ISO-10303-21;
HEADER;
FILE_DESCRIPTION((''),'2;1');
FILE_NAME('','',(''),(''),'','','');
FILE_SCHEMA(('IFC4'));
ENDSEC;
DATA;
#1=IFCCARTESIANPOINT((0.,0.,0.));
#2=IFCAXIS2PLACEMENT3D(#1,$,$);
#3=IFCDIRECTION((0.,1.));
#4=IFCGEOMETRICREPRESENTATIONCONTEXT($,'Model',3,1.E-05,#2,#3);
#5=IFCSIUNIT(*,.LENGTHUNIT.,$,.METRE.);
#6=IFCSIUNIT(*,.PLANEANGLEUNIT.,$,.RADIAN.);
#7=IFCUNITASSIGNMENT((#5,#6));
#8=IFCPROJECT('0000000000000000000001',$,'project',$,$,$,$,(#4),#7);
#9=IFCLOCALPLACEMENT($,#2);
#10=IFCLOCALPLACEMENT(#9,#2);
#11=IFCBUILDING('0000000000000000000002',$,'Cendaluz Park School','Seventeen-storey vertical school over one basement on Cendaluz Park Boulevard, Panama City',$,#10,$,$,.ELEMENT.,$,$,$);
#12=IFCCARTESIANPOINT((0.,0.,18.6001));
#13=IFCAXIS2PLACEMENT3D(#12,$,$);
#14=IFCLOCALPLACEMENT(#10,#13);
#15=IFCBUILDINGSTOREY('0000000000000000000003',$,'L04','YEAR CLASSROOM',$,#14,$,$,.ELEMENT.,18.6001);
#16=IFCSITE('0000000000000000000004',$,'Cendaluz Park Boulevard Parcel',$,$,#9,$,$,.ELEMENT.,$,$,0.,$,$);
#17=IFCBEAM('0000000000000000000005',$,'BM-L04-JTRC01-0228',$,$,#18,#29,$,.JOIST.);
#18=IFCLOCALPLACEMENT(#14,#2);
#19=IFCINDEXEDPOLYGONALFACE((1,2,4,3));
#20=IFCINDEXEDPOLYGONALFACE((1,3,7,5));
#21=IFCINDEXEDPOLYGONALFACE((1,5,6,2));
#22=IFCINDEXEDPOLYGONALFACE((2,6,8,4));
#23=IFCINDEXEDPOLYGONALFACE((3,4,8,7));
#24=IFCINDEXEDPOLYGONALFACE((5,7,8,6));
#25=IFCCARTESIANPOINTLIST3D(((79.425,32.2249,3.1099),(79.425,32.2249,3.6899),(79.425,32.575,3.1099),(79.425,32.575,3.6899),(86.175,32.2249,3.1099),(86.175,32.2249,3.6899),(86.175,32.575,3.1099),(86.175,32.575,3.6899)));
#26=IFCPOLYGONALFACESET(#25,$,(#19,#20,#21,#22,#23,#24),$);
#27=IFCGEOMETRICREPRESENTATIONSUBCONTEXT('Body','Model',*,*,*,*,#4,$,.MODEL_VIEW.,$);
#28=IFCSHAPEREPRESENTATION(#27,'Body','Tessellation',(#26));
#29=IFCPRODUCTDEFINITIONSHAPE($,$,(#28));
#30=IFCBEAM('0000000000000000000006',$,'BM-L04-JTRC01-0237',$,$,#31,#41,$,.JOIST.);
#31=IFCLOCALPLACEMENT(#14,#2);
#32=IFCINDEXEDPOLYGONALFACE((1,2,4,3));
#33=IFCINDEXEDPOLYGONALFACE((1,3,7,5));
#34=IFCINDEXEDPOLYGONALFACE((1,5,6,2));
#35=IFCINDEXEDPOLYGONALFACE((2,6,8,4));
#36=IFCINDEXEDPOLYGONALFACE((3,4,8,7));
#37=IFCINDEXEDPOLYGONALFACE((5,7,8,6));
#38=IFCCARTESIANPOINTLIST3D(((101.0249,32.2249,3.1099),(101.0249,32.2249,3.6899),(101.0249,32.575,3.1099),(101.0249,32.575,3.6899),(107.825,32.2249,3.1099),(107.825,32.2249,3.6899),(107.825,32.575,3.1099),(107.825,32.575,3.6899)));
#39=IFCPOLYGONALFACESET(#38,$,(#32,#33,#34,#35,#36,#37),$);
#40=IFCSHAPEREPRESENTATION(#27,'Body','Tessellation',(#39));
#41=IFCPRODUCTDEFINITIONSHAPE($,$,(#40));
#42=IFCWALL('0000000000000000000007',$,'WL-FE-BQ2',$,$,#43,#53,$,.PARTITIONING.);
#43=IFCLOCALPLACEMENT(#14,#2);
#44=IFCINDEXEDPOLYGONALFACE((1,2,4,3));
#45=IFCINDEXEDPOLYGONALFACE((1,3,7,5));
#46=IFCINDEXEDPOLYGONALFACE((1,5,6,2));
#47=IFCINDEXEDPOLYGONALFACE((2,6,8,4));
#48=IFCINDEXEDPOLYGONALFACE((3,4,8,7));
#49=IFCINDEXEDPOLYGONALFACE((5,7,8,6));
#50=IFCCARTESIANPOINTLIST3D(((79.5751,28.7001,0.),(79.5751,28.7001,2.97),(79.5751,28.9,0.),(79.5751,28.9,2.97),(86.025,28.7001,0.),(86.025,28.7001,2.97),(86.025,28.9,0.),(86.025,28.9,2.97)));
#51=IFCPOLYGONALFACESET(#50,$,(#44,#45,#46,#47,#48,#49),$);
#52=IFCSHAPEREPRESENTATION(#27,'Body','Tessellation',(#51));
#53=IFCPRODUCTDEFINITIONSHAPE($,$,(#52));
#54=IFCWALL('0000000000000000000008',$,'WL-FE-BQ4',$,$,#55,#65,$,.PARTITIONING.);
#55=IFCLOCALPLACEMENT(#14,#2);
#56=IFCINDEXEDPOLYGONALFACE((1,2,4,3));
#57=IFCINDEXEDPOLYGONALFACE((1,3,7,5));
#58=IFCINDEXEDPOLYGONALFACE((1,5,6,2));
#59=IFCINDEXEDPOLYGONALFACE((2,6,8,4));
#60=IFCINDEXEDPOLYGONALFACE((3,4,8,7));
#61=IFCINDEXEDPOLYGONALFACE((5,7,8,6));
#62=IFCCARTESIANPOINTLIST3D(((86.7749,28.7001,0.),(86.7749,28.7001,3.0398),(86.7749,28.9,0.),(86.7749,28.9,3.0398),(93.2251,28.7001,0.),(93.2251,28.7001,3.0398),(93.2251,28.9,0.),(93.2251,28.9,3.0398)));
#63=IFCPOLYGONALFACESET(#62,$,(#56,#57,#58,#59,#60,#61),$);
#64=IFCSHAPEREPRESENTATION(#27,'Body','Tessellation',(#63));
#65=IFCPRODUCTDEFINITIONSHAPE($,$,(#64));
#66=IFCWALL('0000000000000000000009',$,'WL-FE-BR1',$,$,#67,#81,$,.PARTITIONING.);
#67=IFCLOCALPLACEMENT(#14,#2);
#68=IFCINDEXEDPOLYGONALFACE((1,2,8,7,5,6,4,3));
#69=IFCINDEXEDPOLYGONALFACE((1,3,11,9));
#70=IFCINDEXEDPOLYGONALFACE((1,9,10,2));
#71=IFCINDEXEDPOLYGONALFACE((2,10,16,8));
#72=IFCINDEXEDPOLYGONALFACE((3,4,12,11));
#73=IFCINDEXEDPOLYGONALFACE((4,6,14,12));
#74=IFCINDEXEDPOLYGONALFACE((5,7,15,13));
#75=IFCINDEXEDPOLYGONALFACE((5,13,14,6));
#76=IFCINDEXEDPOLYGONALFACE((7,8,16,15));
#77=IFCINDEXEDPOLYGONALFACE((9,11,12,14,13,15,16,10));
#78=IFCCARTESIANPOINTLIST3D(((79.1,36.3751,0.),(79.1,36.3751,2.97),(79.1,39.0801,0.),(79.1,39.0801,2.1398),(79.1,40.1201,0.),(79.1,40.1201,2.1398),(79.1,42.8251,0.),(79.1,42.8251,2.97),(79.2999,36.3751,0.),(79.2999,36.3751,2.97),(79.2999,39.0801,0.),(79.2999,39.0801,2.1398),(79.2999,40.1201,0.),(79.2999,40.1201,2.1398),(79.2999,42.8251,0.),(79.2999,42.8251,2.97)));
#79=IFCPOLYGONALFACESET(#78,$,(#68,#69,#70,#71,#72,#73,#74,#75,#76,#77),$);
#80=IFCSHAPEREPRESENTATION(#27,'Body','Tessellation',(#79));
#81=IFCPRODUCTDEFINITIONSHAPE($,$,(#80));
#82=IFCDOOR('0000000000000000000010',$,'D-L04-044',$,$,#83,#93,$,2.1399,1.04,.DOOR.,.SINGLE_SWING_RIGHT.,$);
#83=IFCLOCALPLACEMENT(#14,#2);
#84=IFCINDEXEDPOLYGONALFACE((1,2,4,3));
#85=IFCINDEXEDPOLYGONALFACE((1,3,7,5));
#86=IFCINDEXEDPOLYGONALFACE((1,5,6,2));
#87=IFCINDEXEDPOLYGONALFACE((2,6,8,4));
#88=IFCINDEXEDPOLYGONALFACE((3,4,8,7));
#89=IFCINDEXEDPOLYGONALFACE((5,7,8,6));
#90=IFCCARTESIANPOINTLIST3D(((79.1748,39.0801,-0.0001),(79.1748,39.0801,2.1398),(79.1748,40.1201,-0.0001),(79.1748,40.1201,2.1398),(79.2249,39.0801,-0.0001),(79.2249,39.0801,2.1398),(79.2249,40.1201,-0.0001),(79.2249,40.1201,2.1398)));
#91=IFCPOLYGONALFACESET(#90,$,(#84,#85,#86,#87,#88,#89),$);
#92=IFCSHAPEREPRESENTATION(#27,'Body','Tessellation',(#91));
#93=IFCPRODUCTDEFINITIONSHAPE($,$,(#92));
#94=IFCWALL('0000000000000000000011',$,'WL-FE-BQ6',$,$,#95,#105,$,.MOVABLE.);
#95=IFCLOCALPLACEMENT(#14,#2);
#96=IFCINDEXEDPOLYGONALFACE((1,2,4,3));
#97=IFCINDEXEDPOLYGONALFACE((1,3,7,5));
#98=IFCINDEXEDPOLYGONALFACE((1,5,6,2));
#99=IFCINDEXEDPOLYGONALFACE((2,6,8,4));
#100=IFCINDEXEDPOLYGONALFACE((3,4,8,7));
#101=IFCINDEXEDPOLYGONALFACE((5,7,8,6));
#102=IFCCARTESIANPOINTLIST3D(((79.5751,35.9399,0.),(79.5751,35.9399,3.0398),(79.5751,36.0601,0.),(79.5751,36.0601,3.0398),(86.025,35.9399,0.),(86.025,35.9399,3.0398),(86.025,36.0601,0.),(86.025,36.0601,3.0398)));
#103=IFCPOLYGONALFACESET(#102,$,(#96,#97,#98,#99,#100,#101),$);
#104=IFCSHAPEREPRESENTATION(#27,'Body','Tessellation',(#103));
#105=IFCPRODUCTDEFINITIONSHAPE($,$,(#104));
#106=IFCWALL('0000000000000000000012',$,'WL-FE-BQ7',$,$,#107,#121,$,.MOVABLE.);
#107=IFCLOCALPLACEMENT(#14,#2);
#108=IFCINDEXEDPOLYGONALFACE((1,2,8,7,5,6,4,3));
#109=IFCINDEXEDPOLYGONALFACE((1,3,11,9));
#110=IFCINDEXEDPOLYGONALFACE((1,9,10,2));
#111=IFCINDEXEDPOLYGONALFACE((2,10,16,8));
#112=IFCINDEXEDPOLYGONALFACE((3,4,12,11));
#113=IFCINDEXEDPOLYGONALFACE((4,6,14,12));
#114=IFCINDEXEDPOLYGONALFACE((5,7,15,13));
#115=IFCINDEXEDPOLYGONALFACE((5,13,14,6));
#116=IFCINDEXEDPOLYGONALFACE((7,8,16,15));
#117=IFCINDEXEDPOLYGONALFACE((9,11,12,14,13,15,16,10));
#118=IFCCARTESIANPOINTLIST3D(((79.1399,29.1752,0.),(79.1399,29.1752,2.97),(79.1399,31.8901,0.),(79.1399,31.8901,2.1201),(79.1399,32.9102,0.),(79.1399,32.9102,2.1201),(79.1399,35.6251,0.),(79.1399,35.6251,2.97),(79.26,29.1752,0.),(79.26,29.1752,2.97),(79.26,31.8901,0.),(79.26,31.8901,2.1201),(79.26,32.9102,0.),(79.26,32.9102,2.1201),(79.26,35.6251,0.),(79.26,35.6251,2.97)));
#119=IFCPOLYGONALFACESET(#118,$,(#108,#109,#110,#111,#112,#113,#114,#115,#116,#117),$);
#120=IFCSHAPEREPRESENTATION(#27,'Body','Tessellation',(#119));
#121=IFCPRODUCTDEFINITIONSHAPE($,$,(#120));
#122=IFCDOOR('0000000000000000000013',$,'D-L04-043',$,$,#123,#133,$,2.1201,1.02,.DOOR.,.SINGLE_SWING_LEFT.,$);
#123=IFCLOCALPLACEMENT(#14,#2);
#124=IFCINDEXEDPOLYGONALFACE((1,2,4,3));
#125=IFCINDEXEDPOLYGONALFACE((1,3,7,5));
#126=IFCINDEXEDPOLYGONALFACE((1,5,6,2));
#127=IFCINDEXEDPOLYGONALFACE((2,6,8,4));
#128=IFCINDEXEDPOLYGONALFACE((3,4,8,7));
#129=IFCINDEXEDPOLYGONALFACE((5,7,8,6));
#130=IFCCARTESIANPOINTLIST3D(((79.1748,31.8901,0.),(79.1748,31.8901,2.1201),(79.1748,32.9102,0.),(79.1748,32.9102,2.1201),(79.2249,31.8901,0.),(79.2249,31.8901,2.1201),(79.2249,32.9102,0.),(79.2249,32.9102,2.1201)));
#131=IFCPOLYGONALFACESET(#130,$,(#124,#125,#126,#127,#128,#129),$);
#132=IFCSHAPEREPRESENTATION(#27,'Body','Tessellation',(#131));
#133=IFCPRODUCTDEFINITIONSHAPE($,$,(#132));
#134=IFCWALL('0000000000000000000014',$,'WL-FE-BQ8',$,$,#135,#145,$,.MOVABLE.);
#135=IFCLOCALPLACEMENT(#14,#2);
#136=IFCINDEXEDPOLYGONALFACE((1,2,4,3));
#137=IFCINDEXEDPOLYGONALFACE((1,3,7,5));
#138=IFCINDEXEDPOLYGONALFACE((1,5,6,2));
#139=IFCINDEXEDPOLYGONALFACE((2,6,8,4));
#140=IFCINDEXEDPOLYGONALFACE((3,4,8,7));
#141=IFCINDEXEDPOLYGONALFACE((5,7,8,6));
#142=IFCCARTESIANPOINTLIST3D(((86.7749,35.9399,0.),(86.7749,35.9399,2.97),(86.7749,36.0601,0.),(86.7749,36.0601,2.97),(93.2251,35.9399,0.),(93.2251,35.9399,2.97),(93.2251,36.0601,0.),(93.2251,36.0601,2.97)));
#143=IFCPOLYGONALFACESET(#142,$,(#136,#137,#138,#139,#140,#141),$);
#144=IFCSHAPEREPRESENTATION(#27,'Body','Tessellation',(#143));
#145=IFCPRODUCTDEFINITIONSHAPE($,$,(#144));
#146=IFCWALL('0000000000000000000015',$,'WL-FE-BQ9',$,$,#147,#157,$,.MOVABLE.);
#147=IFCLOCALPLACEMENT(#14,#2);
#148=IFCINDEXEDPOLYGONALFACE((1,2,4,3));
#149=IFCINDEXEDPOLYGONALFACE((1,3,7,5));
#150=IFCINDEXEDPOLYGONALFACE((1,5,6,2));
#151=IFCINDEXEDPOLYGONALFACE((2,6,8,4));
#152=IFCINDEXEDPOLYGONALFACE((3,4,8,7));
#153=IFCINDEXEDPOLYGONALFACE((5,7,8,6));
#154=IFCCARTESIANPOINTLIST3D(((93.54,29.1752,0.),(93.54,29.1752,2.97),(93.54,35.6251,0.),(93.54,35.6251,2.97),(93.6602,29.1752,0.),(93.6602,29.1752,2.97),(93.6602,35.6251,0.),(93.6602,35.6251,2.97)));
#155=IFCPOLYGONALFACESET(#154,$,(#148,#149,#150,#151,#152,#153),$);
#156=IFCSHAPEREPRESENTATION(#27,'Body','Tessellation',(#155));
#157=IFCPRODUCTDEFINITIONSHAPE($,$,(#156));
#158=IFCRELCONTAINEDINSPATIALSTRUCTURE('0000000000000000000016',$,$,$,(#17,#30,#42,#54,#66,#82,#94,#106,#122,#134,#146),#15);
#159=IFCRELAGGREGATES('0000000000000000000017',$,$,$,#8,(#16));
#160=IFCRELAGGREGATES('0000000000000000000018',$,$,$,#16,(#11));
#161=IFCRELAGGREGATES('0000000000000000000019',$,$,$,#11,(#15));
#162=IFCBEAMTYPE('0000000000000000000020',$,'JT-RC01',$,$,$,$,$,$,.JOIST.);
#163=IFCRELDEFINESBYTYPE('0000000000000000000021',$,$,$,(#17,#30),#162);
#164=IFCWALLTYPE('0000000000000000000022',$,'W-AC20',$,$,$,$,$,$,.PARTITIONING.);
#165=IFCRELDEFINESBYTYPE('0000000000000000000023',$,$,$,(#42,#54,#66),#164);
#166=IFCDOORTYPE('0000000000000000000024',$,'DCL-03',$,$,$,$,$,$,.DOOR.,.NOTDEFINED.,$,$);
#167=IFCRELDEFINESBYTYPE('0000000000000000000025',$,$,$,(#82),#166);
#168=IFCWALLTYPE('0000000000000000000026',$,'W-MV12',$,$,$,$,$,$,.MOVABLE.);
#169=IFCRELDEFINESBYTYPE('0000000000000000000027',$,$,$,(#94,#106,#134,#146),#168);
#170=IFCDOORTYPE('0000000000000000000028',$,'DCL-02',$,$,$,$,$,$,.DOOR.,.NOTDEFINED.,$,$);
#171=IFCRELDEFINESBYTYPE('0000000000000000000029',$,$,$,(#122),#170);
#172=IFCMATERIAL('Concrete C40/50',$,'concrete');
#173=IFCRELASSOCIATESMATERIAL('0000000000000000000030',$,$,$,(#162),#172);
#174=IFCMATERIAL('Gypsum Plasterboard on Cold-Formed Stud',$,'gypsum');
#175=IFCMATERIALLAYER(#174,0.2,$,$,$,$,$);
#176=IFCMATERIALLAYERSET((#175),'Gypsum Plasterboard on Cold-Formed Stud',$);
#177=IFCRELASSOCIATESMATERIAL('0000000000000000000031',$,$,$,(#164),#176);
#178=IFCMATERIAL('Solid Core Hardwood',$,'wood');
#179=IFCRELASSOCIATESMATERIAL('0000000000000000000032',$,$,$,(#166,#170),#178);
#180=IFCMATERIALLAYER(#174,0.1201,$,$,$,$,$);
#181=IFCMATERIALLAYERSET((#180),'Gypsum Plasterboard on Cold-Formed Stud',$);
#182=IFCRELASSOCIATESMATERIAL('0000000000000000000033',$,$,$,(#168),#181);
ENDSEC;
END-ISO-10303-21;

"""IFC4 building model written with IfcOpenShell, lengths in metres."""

from ifc_helpers import new_model, si_unit, direction, frame, frame_2d, origin, origin_2d, place, context, subcontext, project, spatial, rectangle, extrude, material, layer, layer_set, material_profile, profile_set, type_object, element, fill, save


model = new_model("IFC4")

# Units and contexts
model_context = context("Model", 3, precision=1e-05, world=origin(), true_north=direction((0.0, 1.0)))
body_context = subcontext(model_context, "Body", "Model", "MODEL_VIEW")
ifc_project = project(units=[si_unit("LENGTHUNIT", "METRE"), si_unit("PLANEANGLEUNIT", "RADIAN")], contexts=[model_context])

# Site, building, storey
site_placement = place(None, origin())
site = spatial("IfcSite", under=ifc_project, at=site_placement, Name="Cendaluz Park Boulevard Parcel", CompositionType="ELEMENT", RefElevation=0.0)
building_placement = place(site_placement, origin())
building = spatial("IfcBuilding", under=site, at=building_placement, Name="Cendaluz Park School", Description="Seventeen-storey vertical school over one basement on Cendaluz Park Boulevard, Panama City", CompositionType="ELEMENT")
storey_placement = place(building_placement, frame((0.0, 0.0, 18.6001)))
storey = spatial("IfcBuildingStorey", under=building, at=storey_placement, Name="L04", Description="YEAR CLASSROOM", CompositionType="ELEMENT", Elevation=18.6001)

# Shared definitions
ifc_material_1 = material(Name="Concrete C40/50", Category="concrete")

# Beams
ifc_material_profile_1 = material_profile(ifc_material_1, rectangle(XDim=0.3501, YDim=0.5801, at=origin_2d()), Name="RC 350x580", Category="concrete")
ifc_profile_set_1 = profile_set([ifc_material_profile_1], Name="Concrete C40/50")
beam_type_1 = type_object("IfcBeamType", Name="JT-RC01", PredefinedType="JOIST", material=ifc_profile_set_1)
beam_1_placement = place(storey_placement, frame((79.425, 32.3999, 3.3999), z_axis=(1.0, 0.0, 0.0), x_axis=(0.0, 1.0, 0.0)))
element("IfcBeam", 1, at=beam_1_placement, inside=storey, type_object=beam_type_1, Name="BM-L04-JTRC01-0228", PredefinedType="JOIST", context=body_context, shape_type="SweptSolid", body=[
    extrude(rectangle(XDim=0.3501, YDim=0.5801, at=origin_2d()), origin(), (0.0, 0.0, 1.0), 6.75),
])
beam_2_placement = place(storey_placement, frame((101.0249, 32.3999, 3.3999), z_axis=(1.0, 0.0, 0.0), x_axis=(0.0, 1.0, 0.0)))
element("IfcBeam", 2, at=beam_2_placement, inside=storey, type_object=beam_type_1, Name="BM-L04-JTRC01-0237", PredefinedType="JOIST", context=body_context, shape_type="SweptSolid", body=[
    extrude(rectangle(XDim=0.3501, YDim=0.5801, at=origin_2d()), origin(), (0.0, 0.0, 1.0), 6.8),
])

# Walls
ifc_material_2 = material(Name="Gypsum Plasterboard on Cold-Formed Stud", Category="gypsum")
ifc_layer_1 = layer(ifc_material_2, 0.2)
ifc_layer_set_1 = layer_set([ifc_layer_1], Name="Gypsum Plasterboard on Cold-Formed Stud")
wall_type_1 = type_object("IfcWallType", Name="W-AC20", PredefinedType="PARTITIONING", material=ifc_layer_set_1)
wall_1_placement = place(storey_placement, frame((79.575, 28.8, 0.0), z_axis=(0.0, 0.0, 1.0), x_axis=(1.0, 0.0, 0.0)))
element("IfcWall", 3, at=wall_1_placement, inside=storey, type_object=wall_type_1, Name="WL-FE-BQ2", PredefinedType="PARTITIONING", context=body_context, shape_type="SweptSolid", body=[
    extrude(rectangle(XDim=6.45, YDim=0.2, at=frame_2d((3.2251, 0.0))), origin(), (0.0, 0.0, 1.0), 2.97),
])
wall_2_placement = place(storey_placement, frame((86.7749, 28.8, 0.0), z_axis=(0.0, 0.0, 1.0), x_axis=(1.0, 0.0, 0.0)))
element("IfcWall", 4, at=wall_2_placement, inside=storey, type_object=wall_type_1, Name="WL-FE-BQ4", PredefinedType="PARTITIONING", context=body_context, shape_type="SweptSolid", body=[
    extrude(rectangle(XDim=6.4502, YDim=0.2, at=frame_2d((3.2251, 0.0))), origin(), (0.0, 0.0, 1.0), 3.0398),
])

# Wall, opening, door
wall_3_placement = place(storey_placement, frame((79.2, 36.375, 0.0), z_axis=(0.0, 0.0, 1.0), x_axis=(0.0, 1.0, 0.0)))
wall_3 = element("IfcWall", 5, at=wall_3_placement, inside=storey, type_object=wall_type_1, Name="WL-FE-BR1", PredefinedType="PARTITIONING", context=body_context, shape_type="SweptSolid", body=[
    extrude(rectangle(XDim=6.45, YDim=0.2, at=frame_2d((3.2251, 0.0))), origin(), (0.0, 0.0, 1.0), 2.97),
])
opening_1_placement = place(wall_3_placement, frame((2.7051, 0.0, 0.0)))
opening_1 = element("IfcOpeningElement", 6, at=opening_1_placement, cuts=wall_3, PredefinedType="OPENING", context=body_context, shape_type="SweptSolid", body=[
    extrude(rectangle(XDim=1.04, YDim=2.1399, at=frame_2d((0.52, 1.0698))), frame((0.0, 0.1121, 0.0), z_axis=(0.0, -1.0, 0.0), x_axis=(1.0, 0.0, 0.0)), (0.0, 0.0, 1.0), 0.2239),
])
ifc_material_3 = material(Name="Solid Core Hardwood", Category="wood")
door_type_1 = type_object("IfcDoorType", Name="DCL-03", OperationType="NOTDEFINED", PredefinedType="DOOR", material=ifc_material_3)
door_1_placement = place(opening_1_placement, frame((1.04, 0.0, 0.0), z_axis=(0.0, 0.0, 1.0), x_axis=(-1.0, 0.0, 0.0)))
door_1 = element("IfcDoor", 7, at=door_1_placement, inside=storey, type_object=door_type_1, Name="D-L04-044", OperationType="SINGLE_SWING_RIGHT", OverallHeight=2.1399, OverallWidth=1.04, PredefinedType="DOOR", context=body_context, shape_type="SweptSolid", body=[
    extrude(rectangle(XDim=1.04, YDim=2.1399, at=frame_2d((0.52, 1.0698))), frame((0.0, 0.0249, 0.0), z_axis=(0.0, -1.0, 0.0), x_axis=(1.0, 0.0, 0.0)), (0.0, 0.0, 1.0), 0.05),
])
fill(opening_1, door_1)

# Wall
ifc_layer_2 = layer(ifc_material_2, 0.1201)
ifc_layer_set_2 = layer_set([ifc_layer_2], Name="Gypsum Plasterboard on Cold-Formed Stud")
wall_type_2 = type_object("IfcWallType", Name="W-MV12", PredefinedType="MOVABLE", material=ifc_layer_set_2)
wall_4_placement = place(storey_placement, frame((79.575, 36.0, 0.0), z_axis=(0.0, 0.0, 1.0), x_axis=(1.0, 0.0, 0.0)))
element("IfcWall", 8, at=wall_4_placement, inside=storey, type_object=wall_type_2, Name="WL-FE-BQ6", PredefinedType="MOVABLE", context=body_context, shape_type="SweptSolid", body=[
    extrude(rectangle(XDim=6.45, YDim=0.1201, at=frame_2d((3.2251, 0.0))), origin(), (0.0, 0.0, 1.0), 3.0398),
])

# Wall, opening, door
wall_5_placement = place(storey_placement, frame((79.2, 29.175, 0.0), z_axis=(0.0, 0.0, 1.0), x_axis=(0.0, 1.0, 0.0)))
wall_5 = element("IfcWall", 9, at=wall_5_placement, inside=storey, type_object=wall_type_2, Name="WL-FE-BQ7", PredefinedType="MOVABLE", context=body_context, shape_type="SweptSolid", body=[
    extrude(rectangle(XDim=6.45, YDim=0.1201, at=frame_2d((3.2251, 0.0))), origin(), (0.0, 0.0, 1.0), 2.97),
])
opening_2_placement = place(wall_5_placement, frame((2.7151, 0.0, 0.0)))
opening_2 = element("IfcOpeningElement", 10, at=opening_2_placement, cuts=wall_5, PredefinedType="OPENING", context=body_context, shape_type="SweptSolid", body=[
    extrude(rectangle(XDim=1.02, YDim=2.1201, at=frame_2d((0.51, 1.0601))), frame((0.0, 0.072, 0.0), z_axis=(0.0, -1.0, 0.0), x_axis=(1.0, 0.0, 0.0)), (0.0, 0.0, 1.0), 0.144),
])
door_type_2 = type_object("IfcDoorType", Name="DCL-02", OperationType="NOTDEFINED", PredefinedType="DOOR", material=ifc_material_3)
door_2_placement = place(opening_2_placement, frame((1.02, 0.0, 0.0), z_axis=(0.0, 0.0, 1.0), x_axis=(-1.0, 0.0, 0.0)))
door_2 = element("IfcDoor", 11, at=door_2_placement, inside=storey, type_object=door_type_2, Name="D-L04-043", OperationType="SINGLE_SWING_LEFT", OverallHeight=2.1201, OverallWidth=1.02, PredefinedType="DOOR", context=body_context, shape_type="SweptSolid", body=[
    extrude(rectangle(XDim=1.02, YDim=2.1201, at=frame_2d((0.51, 1.0601))), frame((0.0, 0.0249, 0.0), z_axis=(0.0, -1.0, 0.0), x_axis=(1.0, 0.0, 0.0)), (0.0, 0.0, 1.0), 0.05),
])
fill(opening_2, door_2)

# Walls
wall_6_placement = place(storey_placement, frame((86.7749, 36.0, 0.0), z_axis=(0.0, 0.0, 1.0), x_axis=(1.0, 0.0, 0.0)))
element("IfcWall", 12, at=wall_6_placement, inside=storey, type_object=wall_type_2, Name="WL-FE-BQ8", PredefinedType="MOVABLE", context=body_context, shape_type="SweptSolid", body=[
    extrude(rectangle(XDim=6.4502, YDim=0.1201, at=frame_2d((3.2251, 0.0))), origin(), (0.0, 0.0, 1.0), 2.97),
])
wall_7_placement = place(storey_placement, frame((93.6001, 29.175, 0.0), z_axis=(0.0, 0.0, 1.0), x_axis=(0.0, 1.0, 0.0)))
element("IfcWall", 13, at=wall_7_placement, inside=storey, type_object=wall_type_2, Name="WL-FE-BQ9", PredefinedType="MOVABLE", context=body_context, shape_type="SweptSolid", body=[
    extrude(rectangle(XDim=6.45, YDim=0.1201, at=frame_2d((3.2251, 0.0))), origin(), (0.0, 0.0, 1.0), 2.97),
])

save(model, "model.ifc")
